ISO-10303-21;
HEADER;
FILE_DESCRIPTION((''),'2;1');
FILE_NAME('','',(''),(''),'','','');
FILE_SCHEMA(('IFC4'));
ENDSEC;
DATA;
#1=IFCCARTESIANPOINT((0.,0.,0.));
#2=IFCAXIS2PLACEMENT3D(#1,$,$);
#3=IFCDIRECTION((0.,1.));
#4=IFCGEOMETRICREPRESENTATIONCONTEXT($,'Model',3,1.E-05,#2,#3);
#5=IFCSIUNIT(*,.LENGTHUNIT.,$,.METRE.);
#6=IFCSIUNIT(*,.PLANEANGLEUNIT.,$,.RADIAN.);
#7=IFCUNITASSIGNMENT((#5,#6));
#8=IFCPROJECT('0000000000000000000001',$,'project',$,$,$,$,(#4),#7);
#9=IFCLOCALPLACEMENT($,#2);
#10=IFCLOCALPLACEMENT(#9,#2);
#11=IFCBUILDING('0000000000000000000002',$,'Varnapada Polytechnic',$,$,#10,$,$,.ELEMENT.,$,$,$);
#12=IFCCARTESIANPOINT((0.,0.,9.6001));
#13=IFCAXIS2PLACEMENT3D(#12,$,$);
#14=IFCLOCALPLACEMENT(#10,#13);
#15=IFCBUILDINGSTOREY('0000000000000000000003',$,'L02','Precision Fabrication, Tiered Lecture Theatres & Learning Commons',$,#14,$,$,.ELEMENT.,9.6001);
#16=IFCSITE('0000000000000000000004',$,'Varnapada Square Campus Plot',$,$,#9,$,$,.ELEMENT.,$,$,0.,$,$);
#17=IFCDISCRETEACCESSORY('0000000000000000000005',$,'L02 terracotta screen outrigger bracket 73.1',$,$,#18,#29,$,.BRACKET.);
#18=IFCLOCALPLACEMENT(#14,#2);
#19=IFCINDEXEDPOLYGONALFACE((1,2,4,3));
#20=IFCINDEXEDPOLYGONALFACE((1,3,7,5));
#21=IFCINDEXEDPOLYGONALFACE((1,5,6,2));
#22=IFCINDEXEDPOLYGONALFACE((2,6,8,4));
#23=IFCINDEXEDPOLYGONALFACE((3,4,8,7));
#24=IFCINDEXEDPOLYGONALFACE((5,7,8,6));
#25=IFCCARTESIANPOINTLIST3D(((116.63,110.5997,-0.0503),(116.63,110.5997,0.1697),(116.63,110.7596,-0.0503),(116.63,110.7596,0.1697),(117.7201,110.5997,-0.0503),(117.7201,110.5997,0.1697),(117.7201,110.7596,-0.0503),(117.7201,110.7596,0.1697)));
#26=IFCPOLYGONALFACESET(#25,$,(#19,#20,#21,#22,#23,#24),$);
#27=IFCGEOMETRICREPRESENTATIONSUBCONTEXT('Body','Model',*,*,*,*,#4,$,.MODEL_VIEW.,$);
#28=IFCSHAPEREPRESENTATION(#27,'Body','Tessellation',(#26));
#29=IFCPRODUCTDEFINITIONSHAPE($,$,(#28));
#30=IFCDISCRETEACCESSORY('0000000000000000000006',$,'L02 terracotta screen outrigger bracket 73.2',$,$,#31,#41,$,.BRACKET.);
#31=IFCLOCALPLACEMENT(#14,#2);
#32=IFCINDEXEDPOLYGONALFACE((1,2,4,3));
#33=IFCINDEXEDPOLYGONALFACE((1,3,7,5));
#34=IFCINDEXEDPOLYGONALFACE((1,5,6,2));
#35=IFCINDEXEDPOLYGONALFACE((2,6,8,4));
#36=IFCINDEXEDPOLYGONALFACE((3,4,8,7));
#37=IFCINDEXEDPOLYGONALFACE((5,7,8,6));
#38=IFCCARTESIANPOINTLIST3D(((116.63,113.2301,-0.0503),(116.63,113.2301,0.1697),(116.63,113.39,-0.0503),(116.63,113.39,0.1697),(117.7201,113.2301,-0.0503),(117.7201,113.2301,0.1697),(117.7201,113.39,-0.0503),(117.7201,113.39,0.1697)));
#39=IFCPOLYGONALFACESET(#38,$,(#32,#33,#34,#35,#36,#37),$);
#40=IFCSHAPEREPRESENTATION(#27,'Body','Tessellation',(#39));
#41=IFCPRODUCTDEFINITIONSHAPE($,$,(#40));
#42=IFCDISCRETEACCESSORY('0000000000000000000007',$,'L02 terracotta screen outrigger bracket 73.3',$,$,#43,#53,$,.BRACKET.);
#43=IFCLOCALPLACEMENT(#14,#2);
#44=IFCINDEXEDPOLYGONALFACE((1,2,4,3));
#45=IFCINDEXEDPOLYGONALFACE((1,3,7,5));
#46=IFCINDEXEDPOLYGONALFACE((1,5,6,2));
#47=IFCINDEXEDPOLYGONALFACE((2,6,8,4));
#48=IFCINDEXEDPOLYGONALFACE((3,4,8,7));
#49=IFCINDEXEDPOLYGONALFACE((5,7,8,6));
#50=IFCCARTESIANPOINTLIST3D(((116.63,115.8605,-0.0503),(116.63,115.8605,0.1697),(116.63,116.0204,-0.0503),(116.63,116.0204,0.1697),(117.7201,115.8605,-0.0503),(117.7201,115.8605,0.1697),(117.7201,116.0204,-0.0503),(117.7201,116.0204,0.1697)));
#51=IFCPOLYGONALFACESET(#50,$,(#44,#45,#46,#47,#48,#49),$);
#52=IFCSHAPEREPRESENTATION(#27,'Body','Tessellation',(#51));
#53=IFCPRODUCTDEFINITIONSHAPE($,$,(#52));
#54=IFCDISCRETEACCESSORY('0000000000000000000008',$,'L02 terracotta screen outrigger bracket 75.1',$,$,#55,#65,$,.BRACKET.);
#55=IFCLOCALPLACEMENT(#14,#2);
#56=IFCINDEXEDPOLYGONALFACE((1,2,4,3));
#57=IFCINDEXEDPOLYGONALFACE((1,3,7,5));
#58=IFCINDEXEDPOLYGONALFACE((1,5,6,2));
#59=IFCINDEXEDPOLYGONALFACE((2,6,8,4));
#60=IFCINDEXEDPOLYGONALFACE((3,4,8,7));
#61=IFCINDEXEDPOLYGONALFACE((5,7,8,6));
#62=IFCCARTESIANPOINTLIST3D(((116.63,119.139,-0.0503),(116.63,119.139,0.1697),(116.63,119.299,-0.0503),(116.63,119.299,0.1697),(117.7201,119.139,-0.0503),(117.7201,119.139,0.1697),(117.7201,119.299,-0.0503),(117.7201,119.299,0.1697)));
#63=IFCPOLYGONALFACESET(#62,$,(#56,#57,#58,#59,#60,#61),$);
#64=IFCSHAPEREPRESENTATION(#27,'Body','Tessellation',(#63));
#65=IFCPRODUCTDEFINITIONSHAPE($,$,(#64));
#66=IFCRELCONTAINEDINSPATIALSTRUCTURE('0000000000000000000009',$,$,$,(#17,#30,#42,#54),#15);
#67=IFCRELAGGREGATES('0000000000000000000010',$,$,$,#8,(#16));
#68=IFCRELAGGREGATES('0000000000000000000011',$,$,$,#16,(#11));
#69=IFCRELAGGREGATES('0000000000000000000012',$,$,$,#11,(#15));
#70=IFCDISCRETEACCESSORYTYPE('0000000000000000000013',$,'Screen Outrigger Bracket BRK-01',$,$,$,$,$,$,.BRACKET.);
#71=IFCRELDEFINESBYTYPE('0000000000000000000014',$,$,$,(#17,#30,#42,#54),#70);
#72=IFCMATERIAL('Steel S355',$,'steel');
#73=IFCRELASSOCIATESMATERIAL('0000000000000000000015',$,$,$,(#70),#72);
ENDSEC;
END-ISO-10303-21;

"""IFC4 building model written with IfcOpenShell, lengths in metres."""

from ifc_helpers import new_model, si_unit, direction, frame, origin, origin_2d, place, context, subcontext, project, spatial, rectangle, extrude, material, type_object, element, save


model = new_model("IFC4")

# Units and contexts
model_context = context("Model", 3, precision=1e-05, world=origin(), true_north=direction((0.0, 1.0)))
body_context = subcontext(model_context, "Body", "Model", "MODEL_VIEW")
ifc_project = project(units=[si_unit("LENGTHUNIT", "METRE"), si_unit("PLANEANGLEUNIT", "RADIAN")], contexts=[model_context])

# Site, building, storey
site_placement = place(None, origin())
site = spatial("IfcSite", under=ifc_project, at=site_placement, Name="Varnapada Square Campus Plot", CompositionType="ELEMENT", RefElevation=0.0)
building_placement = place(site_placement, origin())
building = spatial("IfcBuilding", under=site, at=building_placement, Name="Varnapada Polytechnic", CompositionType="ELEMENT")
storey_placement = place(building_placement, frame((0.0, 0.0, 9.6001)))
storey = spatial("IfcBuildingStorey", under=building, at=storey_placement, Name="L02", Description="Precision Fabrication, Tiered Lecture Theatres & Learning Commons", CompositionType="ELEMENT", Elevation=9.6001)

# Shared definitions
ifc_material_1 = material(Name="Steel S355", Category="steel")

# Discrete accessories
discrete_accessory_type = type_object("IfcDiscreteAccessoryType", Name="Screen Outrigger Bracket BRK-01", PredefinedType="BRACKET", material=ifc_material_1)
for number, where, z_axis, x_axis, name in (
    (1, (117.175, 110.6797, -0.0503), (0.0, 0.0, 1.0), (0.0, 1.0, 0.0), "L02 terracotta screen outrigger bracket 73.1"),
    (2, (117.175, 113.3101, -0.0503), (0.0, 0.0, 1.0), (0.0, 1.0, 0.0), "L02 terracotta screen outrigger bracket 73.2"),
    (3, (117.175, 115.9404, -0.0503), (0.0, 0.0, 1.0), (0.0, 1.0, 0.0), "L02 terracotta screen outrigger bracket 73.3"),
    (4, (117.175, 119.219, -0.0503), (0.0, 0.0, 1.0), (0.0, 1.0, 0.0), "L02 terracotta screen outrigger bracket 75.1"),
):
    element("IfcDiscreteAccessory", number, at=place(storey_placement, frame(where, z_axis=z_axis, x_axis=x_axis)), inside=storey, type_object=discrete_accessory_type, Name=name, PredefinedType="BRACKET", context=body_context, shape_type="SweptSolid", body=[
        extrude(rectangle(XDim=0.1599, YDim=1.0901, at=origin_2d()), origin(), (0.0, 0.0, 1.0), 0.22),
    ])

save(model, "model.ifc")
